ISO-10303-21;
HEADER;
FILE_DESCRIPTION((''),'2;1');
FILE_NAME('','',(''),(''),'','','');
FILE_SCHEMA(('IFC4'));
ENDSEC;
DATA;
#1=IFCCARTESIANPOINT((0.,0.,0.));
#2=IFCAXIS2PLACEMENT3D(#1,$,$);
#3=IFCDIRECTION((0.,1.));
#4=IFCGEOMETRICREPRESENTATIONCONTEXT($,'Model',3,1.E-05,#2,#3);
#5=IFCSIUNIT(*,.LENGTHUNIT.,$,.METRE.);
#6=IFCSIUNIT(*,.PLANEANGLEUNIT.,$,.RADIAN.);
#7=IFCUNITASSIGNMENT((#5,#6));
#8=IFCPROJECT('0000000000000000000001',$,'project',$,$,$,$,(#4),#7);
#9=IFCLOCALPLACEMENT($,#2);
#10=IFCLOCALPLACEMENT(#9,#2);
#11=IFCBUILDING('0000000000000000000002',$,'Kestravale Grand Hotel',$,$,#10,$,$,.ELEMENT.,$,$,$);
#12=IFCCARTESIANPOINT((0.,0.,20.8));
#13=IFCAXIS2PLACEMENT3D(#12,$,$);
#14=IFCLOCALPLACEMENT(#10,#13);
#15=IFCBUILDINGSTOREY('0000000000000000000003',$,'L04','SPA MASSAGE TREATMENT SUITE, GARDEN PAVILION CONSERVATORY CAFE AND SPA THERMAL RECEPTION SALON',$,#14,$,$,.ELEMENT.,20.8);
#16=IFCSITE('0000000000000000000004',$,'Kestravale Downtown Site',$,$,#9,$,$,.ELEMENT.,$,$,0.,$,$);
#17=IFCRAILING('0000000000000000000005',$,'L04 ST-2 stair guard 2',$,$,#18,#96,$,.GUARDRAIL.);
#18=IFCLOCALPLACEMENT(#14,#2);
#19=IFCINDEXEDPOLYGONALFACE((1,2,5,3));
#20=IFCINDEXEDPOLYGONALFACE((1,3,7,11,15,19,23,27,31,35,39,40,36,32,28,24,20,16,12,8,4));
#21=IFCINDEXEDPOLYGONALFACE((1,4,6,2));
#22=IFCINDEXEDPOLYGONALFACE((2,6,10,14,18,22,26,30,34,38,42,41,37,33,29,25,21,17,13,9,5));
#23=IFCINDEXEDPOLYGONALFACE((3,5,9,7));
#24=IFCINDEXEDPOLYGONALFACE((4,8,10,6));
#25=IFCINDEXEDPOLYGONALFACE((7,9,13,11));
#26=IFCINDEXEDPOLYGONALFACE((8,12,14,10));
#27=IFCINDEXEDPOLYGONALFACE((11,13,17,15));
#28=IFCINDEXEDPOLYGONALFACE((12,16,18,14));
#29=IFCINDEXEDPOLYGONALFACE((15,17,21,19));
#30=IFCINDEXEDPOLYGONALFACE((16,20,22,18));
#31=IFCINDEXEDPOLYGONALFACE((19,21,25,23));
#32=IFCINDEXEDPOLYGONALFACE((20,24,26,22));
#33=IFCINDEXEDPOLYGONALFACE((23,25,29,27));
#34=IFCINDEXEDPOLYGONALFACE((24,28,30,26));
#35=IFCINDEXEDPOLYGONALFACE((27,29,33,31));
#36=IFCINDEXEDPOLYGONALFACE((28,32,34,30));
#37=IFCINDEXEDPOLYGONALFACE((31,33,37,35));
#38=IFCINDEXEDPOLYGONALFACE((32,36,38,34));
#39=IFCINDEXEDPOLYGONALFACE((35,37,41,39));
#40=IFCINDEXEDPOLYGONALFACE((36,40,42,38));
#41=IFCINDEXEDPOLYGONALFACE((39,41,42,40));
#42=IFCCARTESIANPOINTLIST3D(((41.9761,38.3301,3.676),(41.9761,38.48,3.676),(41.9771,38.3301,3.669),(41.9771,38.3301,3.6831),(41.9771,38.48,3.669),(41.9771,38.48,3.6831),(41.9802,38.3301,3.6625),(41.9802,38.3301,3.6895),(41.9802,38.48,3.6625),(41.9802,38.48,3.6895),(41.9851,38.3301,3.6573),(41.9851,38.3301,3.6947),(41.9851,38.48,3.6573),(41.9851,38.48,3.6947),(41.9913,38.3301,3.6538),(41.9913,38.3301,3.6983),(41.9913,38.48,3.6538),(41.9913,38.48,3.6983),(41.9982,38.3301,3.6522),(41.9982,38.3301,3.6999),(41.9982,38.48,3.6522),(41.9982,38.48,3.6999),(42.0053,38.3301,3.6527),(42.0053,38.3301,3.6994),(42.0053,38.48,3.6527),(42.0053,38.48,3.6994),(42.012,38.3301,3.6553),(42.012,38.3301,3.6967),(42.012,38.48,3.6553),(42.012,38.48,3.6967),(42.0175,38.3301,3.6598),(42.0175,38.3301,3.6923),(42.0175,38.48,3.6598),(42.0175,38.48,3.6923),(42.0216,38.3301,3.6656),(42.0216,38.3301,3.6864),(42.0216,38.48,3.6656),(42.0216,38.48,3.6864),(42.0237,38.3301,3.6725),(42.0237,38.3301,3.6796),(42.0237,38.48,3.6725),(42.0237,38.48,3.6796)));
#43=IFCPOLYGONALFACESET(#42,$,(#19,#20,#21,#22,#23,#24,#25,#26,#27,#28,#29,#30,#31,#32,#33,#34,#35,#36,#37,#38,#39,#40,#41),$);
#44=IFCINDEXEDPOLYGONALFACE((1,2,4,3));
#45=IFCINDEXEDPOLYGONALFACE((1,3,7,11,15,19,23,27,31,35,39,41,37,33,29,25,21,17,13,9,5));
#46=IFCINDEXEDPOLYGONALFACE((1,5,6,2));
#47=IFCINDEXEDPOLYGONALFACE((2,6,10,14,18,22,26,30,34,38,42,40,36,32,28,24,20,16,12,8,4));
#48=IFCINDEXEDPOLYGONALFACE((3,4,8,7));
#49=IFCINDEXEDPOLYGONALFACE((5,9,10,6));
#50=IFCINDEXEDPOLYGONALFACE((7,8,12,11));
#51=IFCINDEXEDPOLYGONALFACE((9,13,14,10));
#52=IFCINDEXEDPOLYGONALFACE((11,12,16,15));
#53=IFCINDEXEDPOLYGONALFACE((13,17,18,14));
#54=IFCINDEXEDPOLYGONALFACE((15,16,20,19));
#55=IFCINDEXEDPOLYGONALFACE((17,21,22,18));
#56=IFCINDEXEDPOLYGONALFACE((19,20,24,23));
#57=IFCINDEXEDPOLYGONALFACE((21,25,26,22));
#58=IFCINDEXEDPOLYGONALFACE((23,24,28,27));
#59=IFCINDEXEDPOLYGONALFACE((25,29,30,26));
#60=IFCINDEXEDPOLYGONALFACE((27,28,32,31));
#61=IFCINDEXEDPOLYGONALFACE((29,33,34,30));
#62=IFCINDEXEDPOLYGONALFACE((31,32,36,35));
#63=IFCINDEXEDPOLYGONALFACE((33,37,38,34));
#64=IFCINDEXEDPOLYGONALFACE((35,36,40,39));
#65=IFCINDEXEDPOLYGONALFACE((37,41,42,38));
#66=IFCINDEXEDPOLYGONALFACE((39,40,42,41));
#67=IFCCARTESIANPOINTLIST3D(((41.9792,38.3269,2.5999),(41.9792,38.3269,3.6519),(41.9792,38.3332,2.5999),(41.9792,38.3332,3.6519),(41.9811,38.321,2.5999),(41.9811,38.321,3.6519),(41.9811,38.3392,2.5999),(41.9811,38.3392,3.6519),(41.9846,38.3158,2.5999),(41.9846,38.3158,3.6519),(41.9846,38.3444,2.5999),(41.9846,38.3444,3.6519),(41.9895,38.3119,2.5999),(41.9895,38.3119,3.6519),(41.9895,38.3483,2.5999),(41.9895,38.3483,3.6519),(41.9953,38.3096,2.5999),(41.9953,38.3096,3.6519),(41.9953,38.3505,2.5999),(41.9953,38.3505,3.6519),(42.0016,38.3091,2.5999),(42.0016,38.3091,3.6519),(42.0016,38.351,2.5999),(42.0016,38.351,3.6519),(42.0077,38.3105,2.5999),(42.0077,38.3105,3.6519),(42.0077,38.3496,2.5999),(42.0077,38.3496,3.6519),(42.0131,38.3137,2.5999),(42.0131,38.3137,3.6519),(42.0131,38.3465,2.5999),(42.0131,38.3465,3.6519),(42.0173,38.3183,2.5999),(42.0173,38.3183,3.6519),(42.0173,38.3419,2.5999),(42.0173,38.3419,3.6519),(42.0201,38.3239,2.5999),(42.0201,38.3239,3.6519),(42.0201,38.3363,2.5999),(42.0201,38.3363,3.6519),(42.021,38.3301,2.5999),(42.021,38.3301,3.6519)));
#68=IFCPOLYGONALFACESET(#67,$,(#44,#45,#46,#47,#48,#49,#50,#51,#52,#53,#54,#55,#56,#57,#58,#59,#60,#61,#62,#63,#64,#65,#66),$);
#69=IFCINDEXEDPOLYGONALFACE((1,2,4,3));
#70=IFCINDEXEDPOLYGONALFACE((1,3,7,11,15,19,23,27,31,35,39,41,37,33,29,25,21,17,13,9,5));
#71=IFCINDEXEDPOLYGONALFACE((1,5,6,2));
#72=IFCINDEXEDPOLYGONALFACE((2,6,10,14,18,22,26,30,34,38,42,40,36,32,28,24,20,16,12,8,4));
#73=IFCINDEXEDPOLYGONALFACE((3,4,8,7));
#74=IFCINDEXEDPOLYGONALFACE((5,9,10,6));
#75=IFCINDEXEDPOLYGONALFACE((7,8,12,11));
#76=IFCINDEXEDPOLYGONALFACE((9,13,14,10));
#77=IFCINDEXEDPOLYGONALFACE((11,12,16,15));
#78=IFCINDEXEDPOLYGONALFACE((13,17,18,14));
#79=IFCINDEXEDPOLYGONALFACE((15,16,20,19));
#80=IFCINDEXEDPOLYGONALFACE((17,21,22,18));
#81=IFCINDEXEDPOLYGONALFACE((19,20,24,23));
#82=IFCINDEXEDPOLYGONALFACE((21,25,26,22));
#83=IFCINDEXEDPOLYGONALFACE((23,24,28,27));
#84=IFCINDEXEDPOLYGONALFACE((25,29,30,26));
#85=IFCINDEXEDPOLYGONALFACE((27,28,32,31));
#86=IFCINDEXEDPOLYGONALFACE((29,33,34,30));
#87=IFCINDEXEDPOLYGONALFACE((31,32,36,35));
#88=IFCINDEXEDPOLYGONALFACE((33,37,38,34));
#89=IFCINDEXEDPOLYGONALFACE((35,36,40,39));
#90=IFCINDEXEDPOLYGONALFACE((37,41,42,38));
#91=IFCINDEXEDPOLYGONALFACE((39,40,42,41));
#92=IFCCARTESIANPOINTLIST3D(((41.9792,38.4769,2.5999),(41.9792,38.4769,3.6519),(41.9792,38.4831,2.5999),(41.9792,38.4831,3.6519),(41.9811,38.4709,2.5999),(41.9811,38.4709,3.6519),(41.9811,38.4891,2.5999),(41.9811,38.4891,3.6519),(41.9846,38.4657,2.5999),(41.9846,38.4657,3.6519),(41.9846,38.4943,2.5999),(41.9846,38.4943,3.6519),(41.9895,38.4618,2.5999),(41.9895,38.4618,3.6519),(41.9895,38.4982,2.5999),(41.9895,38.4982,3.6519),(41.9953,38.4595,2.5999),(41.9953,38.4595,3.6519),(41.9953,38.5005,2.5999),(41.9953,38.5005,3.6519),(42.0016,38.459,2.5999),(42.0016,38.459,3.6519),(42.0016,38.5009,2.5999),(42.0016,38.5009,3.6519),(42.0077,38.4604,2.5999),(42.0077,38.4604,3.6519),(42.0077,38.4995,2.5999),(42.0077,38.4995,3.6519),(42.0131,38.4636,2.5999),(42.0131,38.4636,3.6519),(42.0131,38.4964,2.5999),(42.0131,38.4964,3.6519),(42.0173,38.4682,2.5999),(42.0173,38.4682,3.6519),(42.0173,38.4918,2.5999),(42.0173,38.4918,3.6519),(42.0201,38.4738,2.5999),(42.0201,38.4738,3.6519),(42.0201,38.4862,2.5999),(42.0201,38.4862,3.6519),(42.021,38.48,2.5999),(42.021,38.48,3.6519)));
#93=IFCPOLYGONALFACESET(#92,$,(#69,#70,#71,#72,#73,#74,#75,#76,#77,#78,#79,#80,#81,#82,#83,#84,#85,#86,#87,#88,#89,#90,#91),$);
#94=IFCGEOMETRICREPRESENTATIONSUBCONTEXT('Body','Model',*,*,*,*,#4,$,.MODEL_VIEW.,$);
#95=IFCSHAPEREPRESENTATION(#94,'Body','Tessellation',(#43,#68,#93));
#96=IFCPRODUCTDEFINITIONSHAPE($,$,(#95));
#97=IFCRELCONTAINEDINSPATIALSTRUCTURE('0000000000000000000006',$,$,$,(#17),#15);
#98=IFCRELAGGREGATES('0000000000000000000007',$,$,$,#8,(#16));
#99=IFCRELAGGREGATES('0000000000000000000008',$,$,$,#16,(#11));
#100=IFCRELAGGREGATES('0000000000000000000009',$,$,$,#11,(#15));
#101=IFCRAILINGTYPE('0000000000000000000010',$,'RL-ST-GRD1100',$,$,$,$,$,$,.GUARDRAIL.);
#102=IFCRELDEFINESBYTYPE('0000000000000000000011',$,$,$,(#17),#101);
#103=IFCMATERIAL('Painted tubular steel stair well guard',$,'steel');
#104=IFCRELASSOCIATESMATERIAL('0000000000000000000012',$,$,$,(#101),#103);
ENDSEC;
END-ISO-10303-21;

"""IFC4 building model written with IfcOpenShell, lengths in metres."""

from ifc_helpers import new_model, si_unit, direction, frame, origin, origin_2d, place, context, subcontext, project, spatial, circle, extrude, material, type_object, element, save


model = new_model("IFC4")

# Units and contexts
model_context = context("Model", 3, precision=1e-05, world=origin(), true_north=direction((0.0, 1.0)))
body_context = subcontext(model_context, "Body", "Model", "MODEL_VIEW")
ifc_project = project(units=[si_unit("LENGTHUNIT", "METRE"), si_unit("PLANEANGLEUNIT", "RADIAN")], contexts=[model_context])

# Site, building, storey
site_placement = place(None, origin())
site = spatial("IfcSite", under=ifc_project, at=site_placement, Name="Kestravale Downtown Site", CompositionType="ELEMENT", RefElevation=0.0)
building_placement = place(site_placement, origin())
building = spatial("IfcBuilding", under=site, at=building_placement, Name="Kestravale Grand Hotel", CompositionType="ELEMENT")
storey_placement = place(building_placement, frame((0.0, 0.0, 20.8)))
storey = spatial("IfcBuildingStorey", under=building, at=storey_placement, Name="L04", Description="SPA MASSAGE TREATMENT SUITE, GARDEN PAVILION CONSERVATORY CAFE AND SPA THERMAL RECEPTION SALON", CompositionType="ELEMENT", Elevation=20.8)

# Railing
ifc_material_1 = material(Name="Painted tubular steel stair well guard", Category="steel")
railing_type_1 = type_object("IfcRailingType", Name="RL-ST-GRD1100", PredefinedType="GUARDRAIL", material=ifc_material_1)
railing_1_placement = place(storey_placement, frame((42.0, 38.3301, 2.5999)))
element("IfcRailing", 1, at=railing_1_placement, inside=storey, type_object=railing_type_1, Name="L04 ST-2 stair guard 2", PredefinedType="GUARDRAIL", context=body_context, shape_type="SweptSolid", body=[
    extrude(circle(Radius=0.0239, at=origin_2d()), frame((0.0, 0.0, 1.0762), z_axis=(0.0, 1.0, 0.0), x_axis=(-1.0, 0.0, 0.0)), (0.0, 0.0, 1.0), 0.1499),
    extrude(circle(Radius=0.021, at=origin_2d()), origin(), (0.0, 0.0, 1.0), 1.052),
    extrude(circle(Radius=0.021, at=origin_2d()), frame((0.0, 0.1499, 0.0)), (0.0, 0.0, 1.0), 1.052),
])

save(model, "model.ifc")
